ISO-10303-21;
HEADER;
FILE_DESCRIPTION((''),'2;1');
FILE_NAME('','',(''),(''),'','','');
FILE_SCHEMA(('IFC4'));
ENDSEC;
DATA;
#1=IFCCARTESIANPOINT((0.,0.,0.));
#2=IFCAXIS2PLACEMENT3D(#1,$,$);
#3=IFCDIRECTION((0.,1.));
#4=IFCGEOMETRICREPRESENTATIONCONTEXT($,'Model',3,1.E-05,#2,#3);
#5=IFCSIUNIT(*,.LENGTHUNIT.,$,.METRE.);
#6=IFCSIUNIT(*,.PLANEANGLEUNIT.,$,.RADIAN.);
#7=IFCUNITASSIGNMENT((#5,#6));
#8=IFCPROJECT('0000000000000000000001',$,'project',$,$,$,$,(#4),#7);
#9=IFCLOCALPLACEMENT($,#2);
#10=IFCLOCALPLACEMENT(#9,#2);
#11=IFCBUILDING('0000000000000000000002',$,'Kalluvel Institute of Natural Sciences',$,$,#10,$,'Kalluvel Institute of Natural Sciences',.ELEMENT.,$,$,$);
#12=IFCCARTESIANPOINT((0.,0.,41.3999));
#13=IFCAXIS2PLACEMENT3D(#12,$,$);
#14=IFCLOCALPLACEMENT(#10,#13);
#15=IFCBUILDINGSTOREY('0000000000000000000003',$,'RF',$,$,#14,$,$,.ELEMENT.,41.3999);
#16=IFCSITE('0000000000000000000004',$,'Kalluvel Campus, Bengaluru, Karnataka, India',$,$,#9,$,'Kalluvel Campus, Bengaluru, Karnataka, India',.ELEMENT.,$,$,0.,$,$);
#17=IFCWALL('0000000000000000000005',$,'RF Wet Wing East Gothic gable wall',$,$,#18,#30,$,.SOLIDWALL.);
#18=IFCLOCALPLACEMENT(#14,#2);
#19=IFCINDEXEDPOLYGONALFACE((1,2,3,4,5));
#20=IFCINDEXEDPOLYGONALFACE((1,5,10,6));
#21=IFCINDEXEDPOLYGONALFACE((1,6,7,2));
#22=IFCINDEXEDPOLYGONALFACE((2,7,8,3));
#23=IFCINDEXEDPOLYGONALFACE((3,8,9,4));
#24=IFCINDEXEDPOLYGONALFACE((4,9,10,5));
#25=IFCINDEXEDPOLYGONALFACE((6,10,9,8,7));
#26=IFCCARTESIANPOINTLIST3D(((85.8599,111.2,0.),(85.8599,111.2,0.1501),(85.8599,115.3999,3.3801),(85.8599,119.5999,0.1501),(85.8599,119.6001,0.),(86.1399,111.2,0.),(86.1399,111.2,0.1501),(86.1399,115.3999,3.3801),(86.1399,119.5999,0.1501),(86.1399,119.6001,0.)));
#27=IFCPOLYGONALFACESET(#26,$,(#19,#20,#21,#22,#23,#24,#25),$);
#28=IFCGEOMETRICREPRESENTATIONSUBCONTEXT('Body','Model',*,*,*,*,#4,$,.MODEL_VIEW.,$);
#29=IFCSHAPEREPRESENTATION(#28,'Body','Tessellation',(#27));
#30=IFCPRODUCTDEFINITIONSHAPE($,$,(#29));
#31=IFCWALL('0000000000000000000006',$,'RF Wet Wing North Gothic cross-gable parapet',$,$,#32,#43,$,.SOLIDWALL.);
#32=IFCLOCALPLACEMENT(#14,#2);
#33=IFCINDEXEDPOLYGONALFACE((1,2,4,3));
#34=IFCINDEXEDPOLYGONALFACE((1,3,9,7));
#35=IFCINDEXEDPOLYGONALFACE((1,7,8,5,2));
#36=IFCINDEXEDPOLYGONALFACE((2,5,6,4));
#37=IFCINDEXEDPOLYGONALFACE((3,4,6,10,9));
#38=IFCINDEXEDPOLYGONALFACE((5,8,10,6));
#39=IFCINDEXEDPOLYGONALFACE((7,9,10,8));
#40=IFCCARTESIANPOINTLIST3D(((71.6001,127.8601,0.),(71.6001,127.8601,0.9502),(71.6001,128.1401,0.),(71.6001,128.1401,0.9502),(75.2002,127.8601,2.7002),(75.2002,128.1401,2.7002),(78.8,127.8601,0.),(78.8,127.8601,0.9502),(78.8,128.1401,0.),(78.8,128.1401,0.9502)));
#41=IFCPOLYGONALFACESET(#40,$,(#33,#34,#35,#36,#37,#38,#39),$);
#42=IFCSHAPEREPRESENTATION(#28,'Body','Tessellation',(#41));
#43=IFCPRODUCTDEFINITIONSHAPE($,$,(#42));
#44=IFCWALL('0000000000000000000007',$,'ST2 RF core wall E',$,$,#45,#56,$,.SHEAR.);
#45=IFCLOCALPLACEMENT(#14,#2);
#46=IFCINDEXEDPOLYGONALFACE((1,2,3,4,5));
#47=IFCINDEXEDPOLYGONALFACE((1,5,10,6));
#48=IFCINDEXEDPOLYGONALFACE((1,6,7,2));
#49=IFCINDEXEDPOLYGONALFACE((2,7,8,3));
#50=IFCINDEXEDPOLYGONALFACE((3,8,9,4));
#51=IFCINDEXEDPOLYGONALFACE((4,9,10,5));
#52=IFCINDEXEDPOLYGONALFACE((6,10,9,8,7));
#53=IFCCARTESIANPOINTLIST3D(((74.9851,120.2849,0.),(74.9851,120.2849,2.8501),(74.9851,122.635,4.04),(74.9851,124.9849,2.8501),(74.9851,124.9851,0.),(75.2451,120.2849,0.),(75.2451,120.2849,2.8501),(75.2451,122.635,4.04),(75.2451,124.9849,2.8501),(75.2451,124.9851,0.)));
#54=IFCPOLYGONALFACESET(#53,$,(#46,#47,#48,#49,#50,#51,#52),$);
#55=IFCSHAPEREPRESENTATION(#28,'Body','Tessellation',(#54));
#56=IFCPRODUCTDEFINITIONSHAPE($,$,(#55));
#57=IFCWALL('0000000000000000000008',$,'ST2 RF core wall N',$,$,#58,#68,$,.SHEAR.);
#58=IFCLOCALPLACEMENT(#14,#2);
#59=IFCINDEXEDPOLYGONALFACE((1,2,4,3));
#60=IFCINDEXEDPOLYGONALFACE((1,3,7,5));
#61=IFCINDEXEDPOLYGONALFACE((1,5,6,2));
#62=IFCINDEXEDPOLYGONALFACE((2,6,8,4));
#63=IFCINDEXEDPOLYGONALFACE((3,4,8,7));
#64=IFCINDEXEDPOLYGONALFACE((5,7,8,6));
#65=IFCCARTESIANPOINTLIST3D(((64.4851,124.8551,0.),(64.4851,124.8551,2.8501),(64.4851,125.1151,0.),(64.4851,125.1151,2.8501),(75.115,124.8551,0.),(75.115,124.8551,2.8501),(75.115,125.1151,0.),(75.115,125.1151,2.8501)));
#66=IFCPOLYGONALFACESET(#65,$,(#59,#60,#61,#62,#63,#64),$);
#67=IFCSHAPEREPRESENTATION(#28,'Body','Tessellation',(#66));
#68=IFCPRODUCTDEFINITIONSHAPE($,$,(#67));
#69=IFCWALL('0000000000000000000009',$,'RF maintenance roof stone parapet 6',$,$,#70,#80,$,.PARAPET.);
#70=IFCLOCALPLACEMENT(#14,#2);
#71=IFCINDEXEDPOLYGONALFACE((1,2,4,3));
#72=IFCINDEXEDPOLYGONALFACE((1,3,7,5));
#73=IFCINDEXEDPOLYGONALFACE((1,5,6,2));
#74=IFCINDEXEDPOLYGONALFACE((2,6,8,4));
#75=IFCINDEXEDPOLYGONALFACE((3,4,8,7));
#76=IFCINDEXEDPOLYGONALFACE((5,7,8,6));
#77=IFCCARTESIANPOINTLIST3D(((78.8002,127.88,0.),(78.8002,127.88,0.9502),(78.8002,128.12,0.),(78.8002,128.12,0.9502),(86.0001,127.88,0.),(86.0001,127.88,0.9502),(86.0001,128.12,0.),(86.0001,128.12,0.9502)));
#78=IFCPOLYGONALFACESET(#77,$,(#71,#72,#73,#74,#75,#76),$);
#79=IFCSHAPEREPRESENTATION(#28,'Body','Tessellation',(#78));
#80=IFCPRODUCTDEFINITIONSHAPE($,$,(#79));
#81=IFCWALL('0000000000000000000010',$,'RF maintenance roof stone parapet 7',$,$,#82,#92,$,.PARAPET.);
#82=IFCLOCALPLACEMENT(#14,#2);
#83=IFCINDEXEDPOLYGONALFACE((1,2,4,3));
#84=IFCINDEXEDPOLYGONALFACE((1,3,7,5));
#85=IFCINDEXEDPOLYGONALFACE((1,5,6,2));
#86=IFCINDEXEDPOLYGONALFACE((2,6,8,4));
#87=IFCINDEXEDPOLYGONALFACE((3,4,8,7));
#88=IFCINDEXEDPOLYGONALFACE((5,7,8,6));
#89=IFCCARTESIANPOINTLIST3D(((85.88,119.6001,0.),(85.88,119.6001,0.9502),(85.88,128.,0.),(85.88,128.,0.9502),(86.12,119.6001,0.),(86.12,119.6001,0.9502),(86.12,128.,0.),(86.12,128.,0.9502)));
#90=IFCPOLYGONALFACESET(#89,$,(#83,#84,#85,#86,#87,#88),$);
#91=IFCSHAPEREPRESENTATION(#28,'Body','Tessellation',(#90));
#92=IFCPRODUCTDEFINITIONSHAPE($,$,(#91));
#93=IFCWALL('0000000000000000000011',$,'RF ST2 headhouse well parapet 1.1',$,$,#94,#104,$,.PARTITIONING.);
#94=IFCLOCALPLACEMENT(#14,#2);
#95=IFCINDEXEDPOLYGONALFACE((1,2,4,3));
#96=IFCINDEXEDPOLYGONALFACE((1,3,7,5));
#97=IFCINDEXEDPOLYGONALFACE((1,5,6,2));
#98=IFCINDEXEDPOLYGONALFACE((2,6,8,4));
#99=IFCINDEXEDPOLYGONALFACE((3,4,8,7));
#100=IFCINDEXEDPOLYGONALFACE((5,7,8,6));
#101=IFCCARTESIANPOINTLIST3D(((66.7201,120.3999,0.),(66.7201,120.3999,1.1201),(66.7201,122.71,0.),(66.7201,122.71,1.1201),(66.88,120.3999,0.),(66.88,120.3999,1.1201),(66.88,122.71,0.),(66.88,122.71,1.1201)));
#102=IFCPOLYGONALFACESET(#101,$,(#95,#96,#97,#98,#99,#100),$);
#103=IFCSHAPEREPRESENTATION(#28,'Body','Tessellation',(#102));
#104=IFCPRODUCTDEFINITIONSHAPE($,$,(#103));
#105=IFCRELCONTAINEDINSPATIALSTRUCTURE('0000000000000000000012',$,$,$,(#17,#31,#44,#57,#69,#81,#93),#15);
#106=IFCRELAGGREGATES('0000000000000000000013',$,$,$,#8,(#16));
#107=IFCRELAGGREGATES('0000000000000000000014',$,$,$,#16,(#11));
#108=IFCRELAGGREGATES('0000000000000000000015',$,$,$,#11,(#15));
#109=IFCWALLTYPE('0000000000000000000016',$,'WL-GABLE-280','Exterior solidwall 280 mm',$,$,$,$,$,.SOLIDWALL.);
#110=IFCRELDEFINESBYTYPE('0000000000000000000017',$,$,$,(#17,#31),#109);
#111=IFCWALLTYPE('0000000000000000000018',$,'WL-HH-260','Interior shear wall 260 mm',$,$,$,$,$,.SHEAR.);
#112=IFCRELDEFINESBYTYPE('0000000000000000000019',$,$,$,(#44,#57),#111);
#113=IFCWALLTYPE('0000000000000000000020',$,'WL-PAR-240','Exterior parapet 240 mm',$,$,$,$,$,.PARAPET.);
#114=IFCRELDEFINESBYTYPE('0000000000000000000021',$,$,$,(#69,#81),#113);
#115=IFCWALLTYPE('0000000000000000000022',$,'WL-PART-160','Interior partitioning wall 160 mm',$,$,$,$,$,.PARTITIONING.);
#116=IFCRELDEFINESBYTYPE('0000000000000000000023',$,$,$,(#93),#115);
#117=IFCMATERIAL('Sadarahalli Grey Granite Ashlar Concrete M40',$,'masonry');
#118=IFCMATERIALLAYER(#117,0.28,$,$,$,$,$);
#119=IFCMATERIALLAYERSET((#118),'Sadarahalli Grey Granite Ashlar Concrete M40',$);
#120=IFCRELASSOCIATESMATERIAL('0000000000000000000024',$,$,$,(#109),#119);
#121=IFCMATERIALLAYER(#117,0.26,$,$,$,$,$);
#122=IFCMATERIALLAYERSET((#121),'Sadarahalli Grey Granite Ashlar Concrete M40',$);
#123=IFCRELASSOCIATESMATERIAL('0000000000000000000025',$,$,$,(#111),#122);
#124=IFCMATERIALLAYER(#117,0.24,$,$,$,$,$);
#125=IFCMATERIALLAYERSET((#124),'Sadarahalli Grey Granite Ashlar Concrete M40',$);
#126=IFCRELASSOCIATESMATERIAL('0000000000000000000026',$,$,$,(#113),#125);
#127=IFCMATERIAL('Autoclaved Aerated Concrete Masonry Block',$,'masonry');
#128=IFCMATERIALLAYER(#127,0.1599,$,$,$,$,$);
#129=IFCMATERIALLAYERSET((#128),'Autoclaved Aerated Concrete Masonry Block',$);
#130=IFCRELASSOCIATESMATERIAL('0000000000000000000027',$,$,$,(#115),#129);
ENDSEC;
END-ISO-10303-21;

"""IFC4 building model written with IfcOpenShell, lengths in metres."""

from ifc_helpers import new_model, si_unit, direction, frame, frame_2d, origin, place, context, subcontext, project, spatial, polyline, rectangle, outline, extrude, material, layer, layer_set, type_object, element, save


model = new_model("IFC4")

# Units and contexts
model_context = context("Model", 3, precision=1e-05, world=origin(), true_north=direction((0.0, 1.0)))
body_context = subcontext(model_context, "Body", "Model", "MODEL_VIEW")
ifc_project = project(units=[si_unit("LENGTHUNIT", "METRE"), si_unit("PLANEANGLEUNIT", "RADIAN")], contexts=[model_context])

# Site, building, storey
site_placement = place(None, origin())
site = spatial("IfcSite", under=ifc_project, at=site_placement, Name="Kalluvel Campus, Bengaluru, Karnataka, India", LongName="Kalluvel Campus, Bengaluru, Karnataka, India", CompositionType="ELEMENT", RefElevation=0.0)
building_placement = place(site_placement, origin())
building = spatial("IfcBuilding", under=site, at=building_placement, Name="Kalluvel Institute of Natural Sciences", LongName="Kalluvel Institute of Natural Sciences", CompositionType="ELEMENT")
storey_placement = place(building_placement, frame((0.0, 0.0, 41.3999)))
storey = spatial("IfcBuildingStorey", under=building, at=storey_placement, Name="RF", CompositionType="ELEMENT", Elevation=41.3999)

# Walls
ifc_material_1 = material(Name="Sadarahalli Grey Granite Ashlar Concrete M40", Category="masonry")
ifc_layer_1 = layer(ifc_material_1, 0.28)
ifc_layer_set_1 = layer_set([ifc_layer_1], Name="Sadarahalli Grey Granite Ashlar Concrete M40")
wall_type_1 = type_object("IfcWallType", Name="WL-GABLE-280", Description="Exterior solidwall 280 mm", PredefinedType="SOLIDWALL", material=ifc_layer_set_1)
wall_1_placement = place(storey_placement, frame((86.0, 111.2, 0.0), z_axis=(0.0, 0.0, 1.0), x_axis=(0.0, 1.0, 0.0)))
element("IfcWall", 1, at=wall_1_placement, inside=storey, type_object=wall_type_1, Name="RF Wet Wing East Gothic gable wall", PredefinedType="SOLIDWALL", context=body_context, shape_type="SweptSolid", body=[
    extrude(outline(polyline([(0.0, 0.0), (8.4001, 0.0), (8.3999, 0.1501), (4.2, 3.3801), (0.0, 0.1501), (0.0, 0.0)])), frame((0.0, 0.1401, 0.0), z_axis=(0.0, -1.0, 0.0), x_axis=(1.0, 0.0, 0.0)), (0.0, 0.0, 1.0), 0.28),
])
wall_2_placement = place(storey_placement, frame((71.6001, 128.0, 0.0), z_axis=(0.0, 0.0, 1.0), x_axis=(1.0, 0.0, 0.0)))
element("IfcWall", 2, at=wall_2_placement, inside=storey, type_object=wall_type_1, Name="RF Wet Wing North Gothic cross-gable parapet", PredefinedType="SOLIDWALL", context=body_context, shape_type="SweptSolid", body=[
    extrude(outline(polyline([(0.0, 0.0), (7.2, 0.0), (7.2, 0.9502), (3.6001, 2.7002), (0.0, 0.9502), (0.0, 0.0)])), frame((0.0, 0.1401, 0.0), z_axis=(0.0, -1.0, 0.0), x_axis=(1.0, 0.0, 0.0)), (0.0, 0.0, 1.0), 0.28),
])
ifc_layer_2 = layer(ifc_material_1, 0.26)
ifc_layer_set_2 = layer_set([ifc_layer_2], Name="Sadarahalli Grey Granite Ashlar Concrete M40")
wall_type_2 = type_object("IfcWallType", Name="WL-HH-260", Description="Interior shear wall 260 mm", PredefinedType="SHEAR", material=ifc_layer_set_2)
wall_3_placement = place(storey_placement, frame((75.115, 120.2849, 0.0), z_axis=(0.0, 0.0, 1.0), x_axis=(0.0, 1.0, 0.0)))
element("IfcWall", 3, at=wall_3_placement, inside=storey, type_object=wall_type_2, Name="ST2 RF core wall E", PredefinedType="SHEAR", context=body_context, shape_type="SweptSolid", body=[
    extrude(outline(polyline([(0.0, 0.0), (4.7002, 0.0), (4.7, 2.8501), (2.3501, 4.04), (0.0, 2.8501), (0.0, 0.0)])), frame((0.0, 0.1299, 0.0), z_axis=(0.0, -1.0, 0.0), x_axis=(1.0, 0.0, 0.0)), (0.0, 0.0, 1.0), 0.26),
])
wall_4_placement = place(storey_placement, frame((75.115, 124.9851, 0.0), z_axis=(0.0, 0.0, 1.0), x_axis=(-1.0, 0.0, 0.0)))
element("IfcWall", 4, at=wall_4_placement, inside=storey, type_object=wall_type_2, Name="ST2 RF core wall N", PredefinedType="SHEAR", context=body_context, shape_type="SweptSolid", body=[
    extrude(rectangle(XDim=10.6299, YDim=0.26, at=frame_2d((5.3149, 0.0))), origin(), (0.0, 0.0, 1.0), 2.8501),
])
ifc_layer_3 = layer(ifc_material_1, 0.24)
ifc_layer_set_3 = layer_set([ifc_layer_3], Name="Sadarahalli Grey Granite Ashlar Concrete M40")
wall_type_3 = type_object("IfcWallType", Name="WL-PAR-240", Description="Exterior parapet 240 mm", PredefinedType="PARAPET", material=ifc_layer_set_3)
wall_5_placement = place(storey_placement, frame((78.8, 128.0, 0.0), z_axis=(0.0, 0.0, 1.0), x_axis=(1.0, 0.0, 0.0)))
element("IfcWall", 5, at=wall_5_placement, inside=storey, type_object=wall_type_3, Name="RF maintenance roof stone parapet 6", PredefinedType="PARAPET", context=body_context, shape_type="SweptSolid", body=[
    extrude(rectangle(XDim=7.2, YDim=0.24, at=frame_2d((3.6001, 0.0))), origin(), (0.0, 0.0, 1.0), 0.9502),
])
wall_6_placement = place(storey_placement, frame((86.0, 128.0, 0.0), z_axis=(0.0, 0.0, 1.0), x_axis=(0.0, -1.0, 0.0)))
element("IfcWall", 6, at=wall_6_placement, inside=storey, type_object=wall_type_3, Name="RF maintenance roof stone parapet 7", PredefinedType="PARAPET", context=body_context, shape_type="SweptSolid", body=[
    extrude(rectangle(XDim=8.3999, YDim=0.24, at=frame_2d((4.2, 0.0))), origin(), (0.0, 0.0, 1.0), 0.9502),
])
ifc_material_2 = material(Name="Autoclaved Aerated Concrete Masonry Block", Category="masonry")
ifc_layer_4 = layer(ifc_material_2, 0.1599)
ifc_layer_set_4 = layer_set([ifc_layer_4], Name="Autoclaved Aerated Concrete Masonry Block")
wall_type_4 = type_object("IfcWallType", Name="WL-PART-160", Description="Interior partitioning wall 160 mm", PredefinedType="PARTITIONING", material=ifc_layer_set_4)
wall_7_placement = place(storey_placement, frame((66.8, 120.3999, 0.0), z_axis=(0.0, 0.0, 1.0), x_axis=(0.0, 1.0, 0.0)))
element("IfcWall", 7, at=wall_7_placement, inside=storey, type_object=wall_type_4, Name="RF ST2 headhouse well parapet 1.1", PredefinedType="PARTITIONING", context=body_context, shape_type="SweptSolid", body=[
    extrude(rectangle(XDim=2.3101, YDim=0.1599, at=frame_2d((1.155, 0.0))), origin(), (0.0, 0.0, 1.0), 1.1201),
])

save(model, "model.ifc")
